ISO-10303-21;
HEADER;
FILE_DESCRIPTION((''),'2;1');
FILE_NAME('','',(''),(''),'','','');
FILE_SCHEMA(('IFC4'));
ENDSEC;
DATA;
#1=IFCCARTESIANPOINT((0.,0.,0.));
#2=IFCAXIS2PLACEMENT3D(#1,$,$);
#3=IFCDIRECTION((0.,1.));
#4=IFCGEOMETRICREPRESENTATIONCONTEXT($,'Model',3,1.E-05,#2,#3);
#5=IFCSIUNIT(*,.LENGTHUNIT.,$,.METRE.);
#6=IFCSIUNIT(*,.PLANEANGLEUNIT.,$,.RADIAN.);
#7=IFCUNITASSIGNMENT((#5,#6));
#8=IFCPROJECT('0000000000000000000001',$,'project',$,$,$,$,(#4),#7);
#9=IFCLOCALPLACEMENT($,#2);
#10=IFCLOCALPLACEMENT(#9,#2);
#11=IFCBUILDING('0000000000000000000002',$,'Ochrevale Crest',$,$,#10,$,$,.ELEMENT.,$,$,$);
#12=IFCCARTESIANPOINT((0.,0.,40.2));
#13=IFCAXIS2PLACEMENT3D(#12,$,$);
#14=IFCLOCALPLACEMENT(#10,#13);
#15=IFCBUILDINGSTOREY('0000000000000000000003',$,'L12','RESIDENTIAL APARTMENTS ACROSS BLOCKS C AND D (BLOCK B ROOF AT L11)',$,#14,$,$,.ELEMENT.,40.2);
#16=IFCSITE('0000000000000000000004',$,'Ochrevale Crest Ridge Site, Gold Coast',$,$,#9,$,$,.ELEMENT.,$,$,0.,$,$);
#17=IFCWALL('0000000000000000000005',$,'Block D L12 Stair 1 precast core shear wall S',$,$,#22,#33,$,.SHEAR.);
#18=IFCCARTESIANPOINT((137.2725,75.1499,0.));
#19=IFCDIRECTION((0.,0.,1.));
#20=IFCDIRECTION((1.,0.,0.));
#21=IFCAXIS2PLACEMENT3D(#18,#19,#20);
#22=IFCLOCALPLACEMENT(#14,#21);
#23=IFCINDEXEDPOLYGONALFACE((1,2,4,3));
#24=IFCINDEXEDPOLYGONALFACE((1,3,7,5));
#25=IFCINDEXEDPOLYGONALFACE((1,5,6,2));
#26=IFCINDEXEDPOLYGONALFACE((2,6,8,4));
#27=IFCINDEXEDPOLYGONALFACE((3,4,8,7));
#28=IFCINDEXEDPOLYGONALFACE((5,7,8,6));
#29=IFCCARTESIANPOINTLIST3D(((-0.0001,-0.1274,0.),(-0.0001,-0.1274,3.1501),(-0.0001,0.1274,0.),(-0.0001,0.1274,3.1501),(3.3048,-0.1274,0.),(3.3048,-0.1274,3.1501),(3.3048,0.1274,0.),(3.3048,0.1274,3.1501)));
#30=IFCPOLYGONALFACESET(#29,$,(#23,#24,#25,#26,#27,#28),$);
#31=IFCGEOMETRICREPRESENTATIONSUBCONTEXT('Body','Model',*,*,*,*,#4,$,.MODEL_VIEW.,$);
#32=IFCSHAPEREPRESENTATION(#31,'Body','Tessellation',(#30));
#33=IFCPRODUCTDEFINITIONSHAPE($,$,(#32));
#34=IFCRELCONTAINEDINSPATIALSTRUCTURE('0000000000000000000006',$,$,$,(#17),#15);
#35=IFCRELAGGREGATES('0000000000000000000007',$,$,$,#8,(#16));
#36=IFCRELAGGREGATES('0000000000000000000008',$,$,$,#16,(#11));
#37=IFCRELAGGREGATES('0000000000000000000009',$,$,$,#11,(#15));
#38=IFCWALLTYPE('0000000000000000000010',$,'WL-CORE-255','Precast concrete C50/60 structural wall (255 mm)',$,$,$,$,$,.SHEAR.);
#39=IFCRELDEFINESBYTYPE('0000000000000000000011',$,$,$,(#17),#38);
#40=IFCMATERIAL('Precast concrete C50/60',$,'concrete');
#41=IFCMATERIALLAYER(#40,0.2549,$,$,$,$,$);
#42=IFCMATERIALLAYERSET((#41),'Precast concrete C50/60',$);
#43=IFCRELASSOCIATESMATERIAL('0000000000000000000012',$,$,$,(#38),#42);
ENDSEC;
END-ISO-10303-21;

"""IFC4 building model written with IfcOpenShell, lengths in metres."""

from ifc_helpers import new_model, si_unit, direction, frame, frame_2d, origin, place, context, subcontext, project, spatial, rectangle, extrude, material, layer, layer_set, type_object, element, save


model = new_model("IFC4")

# Units and contexts
model_context = context("Model", 3, precision=1e-05, world=origin(), true_north=direction((0.0, 1.0)))
body_context = subcontext(model_context, "Body", "Model", "MODEL_VIEW")
ifc_project = project(units=[si_unit("LENGTHUNIT", "METRE"), si_unit("PLANEANGLEUNIT", "RADIAN")], contexts=[model_context])

# Site, building, storey
site_placement = place(None, origin())
site = spatial("IfcSite", under=ifc_project, at=site_placement, Name="Ochrevale Crest Ridge Site, Gold Coast", CompositionType="ELEMENT", RefElevation=0.0)
building_placement = place(site_placement, origin())
building = spatial("IfcBuilding", under=site, at=building_placement, Name="Ochrevale Crest", CompositionType="ELEMENT")
storey_placement = place(building_placement, frame((0.0, 0.0, 40.2)))
storey = spatial("IfcBuildingStorey", under=building, at=storey_placement, Name="L12", Description="RESIDENTIAL APARTMENTS ACROSS BLOCKS C AND D (BLOCK B ROOF AT L11)", CompositionType="ELEMENT", Elevation=40.2)

# Shared definitions
ifc_material_1 = material(Name="Precast concrete C50/60", Category="concrete")

# Wall
ifc_layer_1 = layer(ifc_material_1, 0.2549)
ifc_layer_set_1 = layer_set([ifc_layer_1], Name="Precast concrete C50/60")
wall_type_1 = type_object("IfcWallType", Name="WL-CORE-255", Description="Precast concrete C50/60 structural wall (255 mm)", PredefinedType="SHEAR", material=ifc_layer_set_1)
wall_1_placement = place(storey_placement, frame((137.2725, 75.1499, 0.0), z_axis=(0.0, 0.0, 1.0), x_axis=(1.0, 0.0, 0.0)))
element("IfcWall", 1, at=wall_1_placement, inside=storey, type_object=wall_type_1, Name="Block D L12 Stair 1 precast core shear wall S", PredefinedType="SHEAR", context=body_context, shape_type="SweptSolid", body=[
    extrude(rectangle(XDim=3.3049, YDim=0.2549, at=frame_2d((1.6523, 0.0))), origin(), (0.0, 0.0, 1.0), 3.1501),
])

save(model, "model.ifc")
